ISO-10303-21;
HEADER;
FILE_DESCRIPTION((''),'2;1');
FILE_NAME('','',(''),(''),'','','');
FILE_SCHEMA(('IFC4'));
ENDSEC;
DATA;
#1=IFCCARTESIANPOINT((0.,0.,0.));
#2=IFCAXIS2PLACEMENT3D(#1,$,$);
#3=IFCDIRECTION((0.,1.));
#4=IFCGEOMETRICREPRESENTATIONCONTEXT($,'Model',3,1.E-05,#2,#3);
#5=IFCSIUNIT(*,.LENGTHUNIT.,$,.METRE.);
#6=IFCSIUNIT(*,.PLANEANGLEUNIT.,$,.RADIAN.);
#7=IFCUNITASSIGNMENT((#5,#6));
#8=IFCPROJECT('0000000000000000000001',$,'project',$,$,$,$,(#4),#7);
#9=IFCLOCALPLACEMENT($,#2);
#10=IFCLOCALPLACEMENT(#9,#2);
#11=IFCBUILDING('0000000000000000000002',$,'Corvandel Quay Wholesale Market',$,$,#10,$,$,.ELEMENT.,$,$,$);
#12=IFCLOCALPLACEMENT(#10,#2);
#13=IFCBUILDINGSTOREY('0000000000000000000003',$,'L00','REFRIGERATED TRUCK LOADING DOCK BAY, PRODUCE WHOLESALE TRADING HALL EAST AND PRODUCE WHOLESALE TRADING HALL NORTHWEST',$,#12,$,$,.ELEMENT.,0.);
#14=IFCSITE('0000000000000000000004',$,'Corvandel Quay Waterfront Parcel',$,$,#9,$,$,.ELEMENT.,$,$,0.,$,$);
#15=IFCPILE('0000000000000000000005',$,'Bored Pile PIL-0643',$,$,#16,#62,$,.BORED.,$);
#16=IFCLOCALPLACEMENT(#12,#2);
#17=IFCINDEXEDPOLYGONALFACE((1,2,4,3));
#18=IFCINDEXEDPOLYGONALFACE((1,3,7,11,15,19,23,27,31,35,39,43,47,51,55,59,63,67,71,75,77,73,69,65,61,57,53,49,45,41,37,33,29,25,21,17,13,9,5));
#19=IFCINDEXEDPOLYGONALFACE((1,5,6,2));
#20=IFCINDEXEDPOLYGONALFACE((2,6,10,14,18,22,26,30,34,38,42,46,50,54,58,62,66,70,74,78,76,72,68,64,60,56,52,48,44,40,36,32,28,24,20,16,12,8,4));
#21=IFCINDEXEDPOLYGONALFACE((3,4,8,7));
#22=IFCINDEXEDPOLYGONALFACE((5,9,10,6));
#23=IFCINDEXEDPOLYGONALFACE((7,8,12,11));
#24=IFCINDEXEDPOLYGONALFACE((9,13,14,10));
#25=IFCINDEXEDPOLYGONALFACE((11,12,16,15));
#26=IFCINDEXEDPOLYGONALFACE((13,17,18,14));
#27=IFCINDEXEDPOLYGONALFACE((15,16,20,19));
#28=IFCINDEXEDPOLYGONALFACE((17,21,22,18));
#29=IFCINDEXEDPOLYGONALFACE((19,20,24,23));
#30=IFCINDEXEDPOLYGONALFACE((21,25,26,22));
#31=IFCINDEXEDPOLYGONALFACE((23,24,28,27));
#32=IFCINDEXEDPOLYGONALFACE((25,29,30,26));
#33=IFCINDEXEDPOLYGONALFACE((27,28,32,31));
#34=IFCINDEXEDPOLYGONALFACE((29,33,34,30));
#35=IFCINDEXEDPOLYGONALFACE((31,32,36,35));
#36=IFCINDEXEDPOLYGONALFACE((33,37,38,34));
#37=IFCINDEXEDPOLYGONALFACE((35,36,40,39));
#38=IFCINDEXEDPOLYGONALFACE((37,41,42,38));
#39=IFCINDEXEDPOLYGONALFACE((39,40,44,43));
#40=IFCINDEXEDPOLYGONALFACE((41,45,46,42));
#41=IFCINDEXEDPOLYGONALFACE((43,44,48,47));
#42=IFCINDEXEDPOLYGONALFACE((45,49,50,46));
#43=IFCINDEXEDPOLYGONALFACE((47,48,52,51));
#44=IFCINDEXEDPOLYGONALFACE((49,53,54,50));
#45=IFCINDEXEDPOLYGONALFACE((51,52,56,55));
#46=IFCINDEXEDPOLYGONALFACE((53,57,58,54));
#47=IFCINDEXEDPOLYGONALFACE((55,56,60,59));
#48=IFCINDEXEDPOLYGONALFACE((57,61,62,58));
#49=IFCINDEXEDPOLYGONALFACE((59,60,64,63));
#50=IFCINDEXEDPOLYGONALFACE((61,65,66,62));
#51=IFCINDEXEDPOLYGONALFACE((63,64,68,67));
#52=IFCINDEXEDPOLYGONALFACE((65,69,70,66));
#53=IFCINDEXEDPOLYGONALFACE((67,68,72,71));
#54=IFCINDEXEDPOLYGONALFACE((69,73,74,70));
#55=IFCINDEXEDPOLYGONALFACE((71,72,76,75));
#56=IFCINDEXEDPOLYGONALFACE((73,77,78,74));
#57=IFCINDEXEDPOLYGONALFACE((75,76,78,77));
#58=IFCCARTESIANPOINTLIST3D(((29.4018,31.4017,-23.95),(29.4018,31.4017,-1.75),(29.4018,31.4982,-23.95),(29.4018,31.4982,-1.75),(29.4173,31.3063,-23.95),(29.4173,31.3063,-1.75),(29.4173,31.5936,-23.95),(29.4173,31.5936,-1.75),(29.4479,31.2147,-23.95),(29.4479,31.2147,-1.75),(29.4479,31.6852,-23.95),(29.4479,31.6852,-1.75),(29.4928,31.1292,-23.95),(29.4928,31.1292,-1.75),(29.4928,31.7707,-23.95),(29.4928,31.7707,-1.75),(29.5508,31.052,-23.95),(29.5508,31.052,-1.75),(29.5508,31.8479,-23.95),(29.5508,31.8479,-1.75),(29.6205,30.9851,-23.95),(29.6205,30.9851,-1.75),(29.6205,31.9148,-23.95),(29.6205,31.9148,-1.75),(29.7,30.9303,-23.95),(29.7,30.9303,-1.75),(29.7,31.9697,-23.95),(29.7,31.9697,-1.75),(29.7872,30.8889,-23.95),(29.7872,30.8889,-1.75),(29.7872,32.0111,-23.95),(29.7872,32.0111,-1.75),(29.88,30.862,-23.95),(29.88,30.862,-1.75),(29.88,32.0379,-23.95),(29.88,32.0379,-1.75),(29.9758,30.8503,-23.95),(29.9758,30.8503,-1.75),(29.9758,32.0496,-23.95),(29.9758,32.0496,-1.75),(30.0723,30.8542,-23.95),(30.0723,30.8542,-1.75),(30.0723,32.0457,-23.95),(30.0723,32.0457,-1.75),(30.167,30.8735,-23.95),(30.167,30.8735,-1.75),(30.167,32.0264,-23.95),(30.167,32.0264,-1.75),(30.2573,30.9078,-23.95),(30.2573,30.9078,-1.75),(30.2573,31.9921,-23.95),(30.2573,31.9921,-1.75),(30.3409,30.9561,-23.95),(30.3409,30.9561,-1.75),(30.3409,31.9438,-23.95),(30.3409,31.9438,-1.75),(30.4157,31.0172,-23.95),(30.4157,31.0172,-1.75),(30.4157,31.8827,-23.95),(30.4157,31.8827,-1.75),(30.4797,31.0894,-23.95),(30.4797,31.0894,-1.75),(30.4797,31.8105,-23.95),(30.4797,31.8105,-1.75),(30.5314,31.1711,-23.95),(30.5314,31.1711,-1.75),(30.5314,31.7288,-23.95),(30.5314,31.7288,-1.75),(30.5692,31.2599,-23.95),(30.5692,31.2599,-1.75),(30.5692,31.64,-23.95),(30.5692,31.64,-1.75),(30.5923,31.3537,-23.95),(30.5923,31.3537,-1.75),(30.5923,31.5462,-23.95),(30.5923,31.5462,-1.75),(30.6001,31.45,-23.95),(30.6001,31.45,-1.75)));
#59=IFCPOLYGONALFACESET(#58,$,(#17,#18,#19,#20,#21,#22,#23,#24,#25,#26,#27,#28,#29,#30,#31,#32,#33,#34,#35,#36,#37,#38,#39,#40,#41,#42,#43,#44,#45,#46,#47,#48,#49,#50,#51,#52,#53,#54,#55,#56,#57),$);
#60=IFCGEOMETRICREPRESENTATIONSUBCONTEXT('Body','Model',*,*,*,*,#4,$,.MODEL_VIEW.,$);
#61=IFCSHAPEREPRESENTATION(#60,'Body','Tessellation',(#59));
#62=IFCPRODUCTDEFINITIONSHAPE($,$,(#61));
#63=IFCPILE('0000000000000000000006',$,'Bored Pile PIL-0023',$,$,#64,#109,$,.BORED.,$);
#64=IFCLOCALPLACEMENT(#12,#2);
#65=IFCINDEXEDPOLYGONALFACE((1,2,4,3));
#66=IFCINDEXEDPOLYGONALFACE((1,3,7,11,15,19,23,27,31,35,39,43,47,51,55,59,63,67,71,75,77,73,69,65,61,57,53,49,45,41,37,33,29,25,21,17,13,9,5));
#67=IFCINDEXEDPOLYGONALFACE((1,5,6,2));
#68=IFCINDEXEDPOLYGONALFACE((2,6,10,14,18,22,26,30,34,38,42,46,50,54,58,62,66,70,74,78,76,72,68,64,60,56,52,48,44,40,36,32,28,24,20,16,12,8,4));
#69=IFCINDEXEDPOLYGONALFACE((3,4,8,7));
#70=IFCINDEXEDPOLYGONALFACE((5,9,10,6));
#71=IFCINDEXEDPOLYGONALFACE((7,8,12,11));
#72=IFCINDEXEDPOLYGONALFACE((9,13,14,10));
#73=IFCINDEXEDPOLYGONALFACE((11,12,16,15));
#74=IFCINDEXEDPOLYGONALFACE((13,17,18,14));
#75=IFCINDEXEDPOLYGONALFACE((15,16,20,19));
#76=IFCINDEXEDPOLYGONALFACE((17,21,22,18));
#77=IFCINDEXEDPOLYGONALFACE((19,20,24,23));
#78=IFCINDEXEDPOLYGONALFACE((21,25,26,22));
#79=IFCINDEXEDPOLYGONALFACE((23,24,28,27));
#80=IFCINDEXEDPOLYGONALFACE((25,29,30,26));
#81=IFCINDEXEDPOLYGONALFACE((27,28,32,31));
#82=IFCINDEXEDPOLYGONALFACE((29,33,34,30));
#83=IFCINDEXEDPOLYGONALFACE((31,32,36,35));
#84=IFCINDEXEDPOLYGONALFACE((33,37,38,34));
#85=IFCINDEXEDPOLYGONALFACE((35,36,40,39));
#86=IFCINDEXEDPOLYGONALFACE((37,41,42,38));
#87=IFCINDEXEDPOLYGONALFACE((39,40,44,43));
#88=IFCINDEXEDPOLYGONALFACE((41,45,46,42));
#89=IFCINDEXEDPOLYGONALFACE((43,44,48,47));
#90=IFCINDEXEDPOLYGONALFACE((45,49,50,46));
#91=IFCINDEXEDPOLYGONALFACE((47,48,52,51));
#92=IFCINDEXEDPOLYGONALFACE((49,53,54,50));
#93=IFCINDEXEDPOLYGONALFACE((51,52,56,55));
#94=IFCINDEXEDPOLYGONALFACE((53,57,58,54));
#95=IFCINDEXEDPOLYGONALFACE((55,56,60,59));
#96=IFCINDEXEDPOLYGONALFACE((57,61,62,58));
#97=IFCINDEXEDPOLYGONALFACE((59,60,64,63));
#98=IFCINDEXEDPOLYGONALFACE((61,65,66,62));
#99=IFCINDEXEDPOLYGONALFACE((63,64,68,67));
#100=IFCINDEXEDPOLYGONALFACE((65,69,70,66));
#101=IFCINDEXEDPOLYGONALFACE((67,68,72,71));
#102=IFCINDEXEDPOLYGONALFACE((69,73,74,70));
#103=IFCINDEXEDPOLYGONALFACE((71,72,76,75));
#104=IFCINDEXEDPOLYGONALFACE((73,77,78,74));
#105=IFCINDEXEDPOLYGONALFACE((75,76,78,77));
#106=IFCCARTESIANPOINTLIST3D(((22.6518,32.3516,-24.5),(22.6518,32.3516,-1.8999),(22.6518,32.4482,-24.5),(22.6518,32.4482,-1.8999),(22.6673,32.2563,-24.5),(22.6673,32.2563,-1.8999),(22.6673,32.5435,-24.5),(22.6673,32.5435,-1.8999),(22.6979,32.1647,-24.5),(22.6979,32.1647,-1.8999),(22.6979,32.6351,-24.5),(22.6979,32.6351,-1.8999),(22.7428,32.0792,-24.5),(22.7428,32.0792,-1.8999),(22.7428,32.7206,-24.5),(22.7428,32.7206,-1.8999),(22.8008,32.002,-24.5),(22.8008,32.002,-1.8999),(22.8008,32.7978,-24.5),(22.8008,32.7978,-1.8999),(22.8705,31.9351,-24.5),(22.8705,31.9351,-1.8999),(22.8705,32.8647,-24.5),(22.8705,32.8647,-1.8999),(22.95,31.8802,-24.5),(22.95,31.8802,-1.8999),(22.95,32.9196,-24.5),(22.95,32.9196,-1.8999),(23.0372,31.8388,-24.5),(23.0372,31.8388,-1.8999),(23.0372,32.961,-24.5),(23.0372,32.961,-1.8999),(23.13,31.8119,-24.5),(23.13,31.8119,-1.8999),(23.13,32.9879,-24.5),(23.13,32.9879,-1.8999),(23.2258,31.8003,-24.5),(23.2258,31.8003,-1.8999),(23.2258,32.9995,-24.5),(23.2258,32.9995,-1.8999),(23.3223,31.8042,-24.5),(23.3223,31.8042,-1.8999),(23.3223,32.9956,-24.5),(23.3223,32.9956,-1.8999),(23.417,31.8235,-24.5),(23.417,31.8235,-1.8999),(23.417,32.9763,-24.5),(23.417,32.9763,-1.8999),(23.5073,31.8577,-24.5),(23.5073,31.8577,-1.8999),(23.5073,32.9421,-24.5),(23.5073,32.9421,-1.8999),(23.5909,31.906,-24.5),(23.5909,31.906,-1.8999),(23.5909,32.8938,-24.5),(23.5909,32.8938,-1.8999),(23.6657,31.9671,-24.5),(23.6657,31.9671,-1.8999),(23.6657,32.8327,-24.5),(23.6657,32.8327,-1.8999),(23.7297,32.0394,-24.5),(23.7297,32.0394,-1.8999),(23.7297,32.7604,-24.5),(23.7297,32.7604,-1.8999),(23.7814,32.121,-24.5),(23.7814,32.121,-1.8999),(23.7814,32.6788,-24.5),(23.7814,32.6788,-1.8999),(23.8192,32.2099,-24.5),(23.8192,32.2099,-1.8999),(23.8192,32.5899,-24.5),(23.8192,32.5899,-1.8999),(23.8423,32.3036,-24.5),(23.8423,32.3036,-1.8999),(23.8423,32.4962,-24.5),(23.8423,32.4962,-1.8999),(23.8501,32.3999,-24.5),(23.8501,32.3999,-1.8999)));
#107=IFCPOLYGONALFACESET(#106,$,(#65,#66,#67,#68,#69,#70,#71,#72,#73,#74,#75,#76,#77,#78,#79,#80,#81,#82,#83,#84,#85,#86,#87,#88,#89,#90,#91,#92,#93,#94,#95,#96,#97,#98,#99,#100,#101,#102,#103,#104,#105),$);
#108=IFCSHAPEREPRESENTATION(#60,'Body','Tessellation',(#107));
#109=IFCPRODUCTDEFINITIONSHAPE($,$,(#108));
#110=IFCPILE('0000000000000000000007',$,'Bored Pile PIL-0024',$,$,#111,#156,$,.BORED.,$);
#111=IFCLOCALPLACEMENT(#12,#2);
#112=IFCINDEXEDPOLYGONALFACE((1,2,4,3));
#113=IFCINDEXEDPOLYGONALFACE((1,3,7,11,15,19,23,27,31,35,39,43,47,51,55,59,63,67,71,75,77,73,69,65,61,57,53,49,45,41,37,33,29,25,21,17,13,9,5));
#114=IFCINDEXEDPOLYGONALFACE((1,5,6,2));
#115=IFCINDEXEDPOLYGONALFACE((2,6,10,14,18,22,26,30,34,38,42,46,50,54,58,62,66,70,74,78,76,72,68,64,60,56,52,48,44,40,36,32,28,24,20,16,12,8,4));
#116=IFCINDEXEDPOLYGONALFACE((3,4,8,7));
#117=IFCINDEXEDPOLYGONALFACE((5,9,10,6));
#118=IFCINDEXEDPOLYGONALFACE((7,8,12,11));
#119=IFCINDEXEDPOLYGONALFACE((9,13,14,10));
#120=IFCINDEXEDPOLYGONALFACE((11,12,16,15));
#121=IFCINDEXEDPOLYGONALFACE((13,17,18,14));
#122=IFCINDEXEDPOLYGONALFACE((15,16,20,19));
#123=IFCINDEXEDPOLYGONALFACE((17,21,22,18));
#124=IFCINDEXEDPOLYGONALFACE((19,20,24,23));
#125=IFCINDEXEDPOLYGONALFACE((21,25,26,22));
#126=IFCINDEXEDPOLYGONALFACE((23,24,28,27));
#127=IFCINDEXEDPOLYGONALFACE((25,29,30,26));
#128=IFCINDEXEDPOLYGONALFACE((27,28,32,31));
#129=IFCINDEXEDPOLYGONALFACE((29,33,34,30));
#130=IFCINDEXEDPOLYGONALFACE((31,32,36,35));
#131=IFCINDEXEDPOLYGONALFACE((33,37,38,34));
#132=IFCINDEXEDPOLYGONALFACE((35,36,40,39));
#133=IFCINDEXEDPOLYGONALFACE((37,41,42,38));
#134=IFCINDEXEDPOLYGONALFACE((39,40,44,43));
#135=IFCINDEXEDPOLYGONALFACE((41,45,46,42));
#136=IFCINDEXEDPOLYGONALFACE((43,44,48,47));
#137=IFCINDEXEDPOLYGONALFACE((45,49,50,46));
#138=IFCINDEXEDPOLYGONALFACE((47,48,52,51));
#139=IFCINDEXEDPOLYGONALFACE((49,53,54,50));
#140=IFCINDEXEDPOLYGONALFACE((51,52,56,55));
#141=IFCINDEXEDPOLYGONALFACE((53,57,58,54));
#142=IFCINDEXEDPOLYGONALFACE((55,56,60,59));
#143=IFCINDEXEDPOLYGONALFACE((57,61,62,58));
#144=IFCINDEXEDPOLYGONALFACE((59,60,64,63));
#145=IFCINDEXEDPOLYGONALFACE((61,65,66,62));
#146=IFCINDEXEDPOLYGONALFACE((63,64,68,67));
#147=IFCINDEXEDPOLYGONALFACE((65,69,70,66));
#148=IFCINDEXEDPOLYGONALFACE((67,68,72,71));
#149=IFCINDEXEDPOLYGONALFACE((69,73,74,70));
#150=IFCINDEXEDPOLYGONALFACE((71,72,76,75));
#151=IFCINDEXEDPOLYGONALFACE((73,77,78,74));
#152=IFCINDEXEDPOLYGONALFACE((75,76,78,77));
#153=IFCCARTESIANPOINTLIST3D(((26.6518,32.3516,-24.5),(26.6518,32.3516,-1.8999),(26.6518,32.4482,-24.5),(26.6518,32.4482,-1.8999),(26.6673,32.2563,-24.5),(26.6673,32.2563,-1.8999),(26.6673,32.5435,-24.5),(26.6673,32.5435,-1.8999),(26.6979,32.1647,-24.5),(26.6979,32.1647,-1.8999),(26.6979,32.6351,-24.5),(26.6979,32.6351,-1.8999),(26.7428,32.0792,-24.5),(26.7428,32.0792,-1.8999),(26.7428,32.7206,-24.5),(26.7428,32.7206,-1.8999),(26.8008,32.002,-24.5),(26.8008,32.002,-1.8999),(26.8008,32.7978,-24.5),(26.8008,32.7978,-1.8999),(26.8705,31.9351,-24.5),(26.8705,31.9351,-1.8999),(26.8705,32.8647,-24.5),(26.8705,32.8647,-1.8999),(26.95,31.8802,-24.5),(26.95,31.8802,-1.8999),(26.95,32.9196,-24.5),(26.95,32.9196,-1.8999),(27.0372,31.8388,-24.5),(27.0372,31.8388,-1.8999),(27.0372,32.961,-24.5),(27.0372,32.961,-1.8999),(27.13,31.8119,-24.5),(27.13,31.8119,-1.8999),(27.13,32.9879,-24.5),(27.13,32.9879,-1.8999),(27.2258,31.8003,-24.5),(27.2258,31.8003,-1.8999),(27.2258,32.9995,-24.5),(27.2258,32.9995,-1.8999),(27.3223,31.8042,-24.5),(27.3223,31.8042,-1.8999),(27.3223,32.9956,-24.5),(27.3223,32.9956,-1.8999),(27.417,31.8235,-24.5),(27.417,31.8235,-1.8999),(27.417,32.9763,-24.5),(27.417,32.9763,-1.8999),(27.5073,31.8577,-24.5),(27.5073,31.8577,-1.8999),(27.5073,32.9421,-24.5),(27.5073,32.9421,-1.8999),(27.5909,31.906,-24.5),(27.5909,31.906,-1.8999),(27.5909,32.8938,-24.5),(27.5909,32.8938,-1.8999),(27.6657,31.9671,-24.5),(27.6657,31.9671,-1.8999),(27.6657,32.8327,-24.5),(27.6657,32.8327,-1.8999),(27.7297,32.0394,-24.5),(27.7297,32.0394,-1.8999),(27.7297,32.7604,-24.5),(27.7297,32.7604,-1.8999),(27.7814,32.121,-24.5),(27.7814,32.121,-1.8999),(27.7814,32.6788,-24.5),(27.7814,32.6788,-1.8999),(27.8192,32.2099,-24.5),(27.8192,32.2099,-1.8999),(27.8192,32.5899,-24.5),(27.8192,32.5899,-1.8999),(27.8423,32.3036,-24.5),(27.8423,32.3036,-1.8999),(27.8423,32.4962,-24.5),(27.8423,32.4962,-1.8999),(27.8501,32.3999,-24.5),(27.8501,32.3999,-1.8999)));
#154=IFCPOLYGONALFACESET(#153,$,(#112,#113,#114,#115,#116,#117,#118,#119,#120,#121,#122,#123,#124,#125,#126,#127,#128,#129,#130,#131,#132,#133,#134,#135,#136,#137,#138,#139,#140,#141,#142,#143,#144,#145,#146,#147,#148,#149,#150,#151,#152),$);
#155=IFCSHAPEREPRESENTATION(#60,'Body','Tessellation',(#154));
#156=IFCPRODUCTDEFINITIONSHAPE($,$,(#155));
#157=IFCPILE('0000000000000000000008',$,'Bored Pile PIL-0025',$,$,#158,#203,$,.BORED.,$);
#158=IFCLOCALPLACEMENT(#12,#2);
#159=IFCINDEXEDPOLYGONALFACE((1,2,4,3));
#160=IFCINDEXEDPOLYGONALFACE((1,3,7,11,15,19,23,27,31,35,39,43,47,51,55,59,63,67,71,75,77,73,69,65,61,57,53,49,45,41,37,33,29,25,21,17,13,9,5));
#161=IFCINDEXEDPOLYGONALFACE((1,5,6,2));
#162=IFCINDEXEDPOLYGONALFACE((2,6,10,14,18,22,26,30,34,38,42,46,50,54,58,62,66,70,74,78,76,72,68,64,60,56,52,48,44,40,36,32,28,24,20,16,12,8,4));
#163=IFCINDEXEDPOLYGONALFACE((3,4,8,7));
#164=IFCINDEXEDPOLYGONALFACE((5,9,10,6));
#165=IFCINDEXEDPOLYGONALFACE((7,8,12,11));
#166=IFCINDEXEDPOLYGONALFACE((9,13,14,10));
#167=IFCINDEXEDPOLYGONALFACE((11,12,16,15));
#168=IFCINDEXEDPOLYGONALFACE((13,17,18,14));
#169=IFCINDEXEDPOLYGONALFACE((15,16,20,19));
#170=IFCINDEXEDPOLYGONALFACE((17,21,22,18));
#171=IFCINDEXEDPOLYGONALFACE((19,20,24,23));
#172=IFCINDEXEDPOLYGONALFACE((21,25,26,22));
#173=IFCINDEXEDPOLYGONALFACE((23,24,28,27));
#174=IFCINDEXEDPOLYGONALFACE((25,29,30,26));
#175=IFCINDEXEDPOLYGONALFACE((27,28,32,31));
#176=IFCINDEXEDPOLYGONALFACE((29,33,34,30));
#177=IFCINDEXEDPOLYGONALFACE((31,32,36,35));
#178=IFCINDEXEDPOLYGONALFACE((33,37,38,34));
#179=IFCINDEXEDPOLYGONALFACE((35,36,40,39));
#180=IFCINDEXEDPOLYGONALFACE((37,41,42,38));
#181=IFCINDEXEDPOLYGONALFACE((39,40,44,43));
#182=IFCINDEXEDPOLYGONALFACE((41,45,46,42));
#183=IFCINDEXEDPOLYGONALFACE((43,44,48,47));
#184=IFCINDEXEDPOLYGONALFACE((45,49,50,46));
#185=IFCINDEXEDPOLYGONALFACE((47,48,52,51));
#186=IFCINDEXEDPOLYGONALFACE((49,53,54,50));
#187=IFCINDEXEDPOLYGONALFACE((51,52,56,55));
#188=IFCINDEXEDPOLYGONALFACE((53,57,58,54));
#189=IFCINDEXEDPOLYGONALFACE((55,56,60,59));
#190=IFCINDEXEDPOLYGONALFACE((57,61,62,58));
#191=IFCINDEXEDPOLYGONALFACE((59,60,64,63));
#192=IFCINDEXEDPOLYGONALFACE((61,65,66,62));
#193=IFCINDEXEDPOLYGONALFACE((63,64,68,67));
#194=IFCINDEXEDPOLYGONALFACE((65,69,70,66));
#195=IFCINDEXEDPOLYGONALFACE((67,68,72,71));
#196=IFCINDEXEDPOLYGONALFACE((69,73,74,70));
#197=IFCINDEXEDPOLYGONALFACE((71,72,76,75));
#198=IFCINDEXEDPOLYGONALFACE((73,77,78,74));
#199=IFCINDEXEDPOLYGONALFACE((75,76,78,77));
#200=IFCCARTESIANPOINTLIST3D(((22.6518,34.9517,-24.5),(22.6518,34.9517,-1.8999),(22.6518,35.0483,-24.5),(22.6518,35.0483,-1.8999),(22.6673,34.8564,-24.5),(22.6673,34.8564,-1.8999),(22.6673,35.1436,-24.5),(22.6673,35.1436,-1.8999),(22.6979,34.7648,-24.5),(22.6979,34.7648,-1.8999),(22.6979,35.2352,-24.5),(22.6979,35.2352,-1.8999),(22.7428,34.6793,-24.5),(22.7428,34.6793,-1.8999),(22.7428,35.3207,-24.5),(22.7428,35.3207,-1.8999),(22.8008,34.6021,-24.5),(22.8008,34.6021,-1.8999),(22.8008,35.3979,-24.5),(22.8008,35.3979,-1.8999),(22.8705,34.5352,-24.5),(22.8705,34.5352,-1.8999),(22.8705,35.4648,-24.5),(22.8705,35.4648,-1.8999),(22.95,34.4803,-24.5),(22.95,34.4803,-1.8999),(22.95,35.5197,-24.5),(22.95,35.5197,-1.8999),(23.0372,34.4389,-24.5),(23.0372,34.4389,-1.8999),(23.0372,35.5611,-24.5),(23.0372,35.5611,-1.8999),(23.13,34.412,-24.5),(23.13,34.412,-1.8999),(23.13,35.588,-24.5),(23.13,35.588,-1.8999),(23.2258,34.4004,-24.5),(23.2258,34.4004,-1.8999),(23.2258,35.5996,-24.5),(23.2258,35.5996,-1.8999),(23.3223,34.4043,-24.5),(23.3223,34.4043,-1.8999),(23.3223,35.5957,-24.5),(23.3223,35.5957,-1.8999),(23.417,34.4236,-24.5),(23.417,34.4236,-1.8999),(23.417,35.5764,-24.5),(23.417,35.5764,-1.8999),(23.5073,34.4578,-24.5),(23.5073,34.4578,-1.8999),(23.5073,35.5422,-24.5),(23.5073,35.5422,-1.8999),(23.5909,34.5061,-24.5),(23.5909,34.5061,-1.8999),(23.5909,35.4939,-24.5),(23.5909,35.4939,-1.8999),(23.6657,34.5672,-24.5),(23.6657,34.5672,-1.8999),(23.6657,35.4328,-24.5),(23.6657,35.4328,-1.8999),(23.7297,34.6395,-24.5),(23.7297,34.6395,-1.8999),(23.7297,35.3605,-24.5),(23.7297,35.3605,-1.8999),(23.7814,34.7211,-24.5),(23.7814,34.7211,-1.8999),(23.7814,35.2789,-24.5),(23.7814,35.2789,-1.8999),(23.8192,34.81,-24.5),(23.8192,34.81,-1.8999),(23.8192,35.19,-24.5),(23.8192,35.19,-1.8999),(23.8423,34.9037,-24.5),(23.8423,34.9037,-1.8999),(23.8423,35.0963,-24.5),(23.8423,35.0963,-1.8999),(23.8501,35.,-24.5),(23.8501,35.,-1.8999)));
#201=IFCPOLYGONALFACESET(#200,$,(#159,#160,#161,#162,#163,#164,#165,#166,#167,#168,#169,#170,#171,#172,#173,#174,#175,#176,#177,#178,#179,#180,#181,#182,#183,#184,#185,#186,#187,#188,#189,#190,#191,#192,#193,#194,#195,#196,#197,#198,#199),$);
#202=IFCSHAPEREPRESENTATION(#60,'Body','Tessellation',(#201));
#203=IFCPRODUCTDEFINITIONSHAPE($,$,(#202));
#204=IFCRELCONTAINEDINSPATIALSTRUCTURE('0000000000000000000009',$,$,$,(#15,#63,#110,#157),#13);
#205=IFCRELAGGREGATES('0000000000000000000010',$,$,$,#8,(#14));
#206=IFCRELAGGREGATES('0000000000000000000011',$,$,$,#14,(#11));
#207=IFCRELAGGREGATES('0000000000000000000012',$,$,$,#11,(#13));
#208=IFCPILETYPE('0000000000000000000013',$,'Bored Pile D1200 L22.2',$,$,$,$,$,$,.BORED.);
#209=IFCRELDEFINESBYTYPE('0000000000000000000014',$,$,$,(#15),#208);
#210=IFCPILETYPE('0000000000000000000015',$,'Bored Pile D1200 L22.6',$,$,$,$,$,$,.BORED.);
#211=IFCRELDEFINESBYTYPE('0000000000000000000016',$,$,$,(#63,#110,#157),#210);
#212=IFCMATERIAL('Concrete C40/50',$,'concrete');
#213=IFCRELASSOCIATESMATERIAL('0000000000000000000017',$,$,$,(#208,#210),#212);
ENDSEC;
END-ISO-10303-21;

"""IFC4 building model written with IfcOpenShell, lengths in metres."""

from ifc_helpers import new_model, si_unit, direction, frame, origin, origin_2d, place, context, subcontext, project, spatial, circle, extrude, material, material_profile, profile_set, type_object, element, save


model = new_model("IFC4")

# Units and contexts
model_context = context("Model", 3, precision=1e-05, world=origin(), true_north=direction((0.0, 1.0)))
body_context = subcontext(model_context, "Body", "Model", "MODEL_VIEW")
ifc_project = project(units=[si_unit("LENGTHUNIT", "METRE"), si_unit("PLANEANGLEUNIT", "RADIAN")], contexts=[model_context])

# Site, building, storey
site_placement = place(None, origin())
site = spatial("IfcSite", under=ifc_project, at=site_placement, Name="Corvandel Quay Waterfront Parcel", CompositionType="ELEMENT", RefElevation=0.0)
building_placement = place(site_placement, origin())
building = spatial("IfcBuilding", under=site, at=building_placement, Name="Corvandel Quay Wholesale Market", CompositionType="ELEMENT")
storey_placement = place(building_placement, origin())
storey = spatial("IfcBuildingStorey", under=building, at=storey_placement, Name="L00", Description="REFRIGERATED TRUCK LOADING DOCK BAY, PRODUCE WHOLESALE TRADING HALL EAST AND PRODUCE WHOLESALE TRADING HALL NORTHWEST", CompositionType="ELEMENT", Elevation=0.0)

# Piles
ifc_material_1 = material(Name="Concrete C40/50", Category="concrete")
ifc_material_profile_1 = material_profile(ifc_material_1, circle(Radius=0.6001, at=origin_2d()), Name="RC-PILE-D1200")
ifc_profile_set_1 = profile_set([ifc_material_profile_1], Name="Concrete C40/50")
pile_type_1 = type_object("IfcPileType", Name="Bored Pile D1200 L22.2", PredefinedType="BORED", material=ifc_profile_set_1)
pile_placement = place(storey_placement, frame((30.0, 31.45, -1.75), z_axis=(0.0, 0.0, -1.0), x_axis=(1.0, 0.0, 0.0)))
element("IfcPile", 1, at=pile_placement, inside=storey, type_object=pile_type_1, Name="Bored Pile PIL-0643", PredefinedType="BORED", context=body_context, shape_type="SweptSolid", body=[
    extrude(circle(Radius=0.6001, at=origin_2d()), origin(), (0.0, 0.0, 1.0), 22.2),
])
ifc_material_profile_2 = material_profile(ifc_material_1, circle(Radius=0.6001, at=origin_2d()), Name="RC-PILE-D1200")
ifc_profile_set_2 = profile_set([ifc_material_profile_2], Name="Concrete C40/50")
pile_type_2 = type_object("IfcPileType", Name="Bored Pile D1200 L22.6", PredefinedType="BORED", material=ifc_profile_set_2)
for number, where, z_axis, x_axis, name in (
    (2, (23.25, 32.3999, -1.8999), (0.0, 0.0, -1.0), (1.0, 0.0, 0.0), "Bored Pile PIL-0023"),
    (3, (27.25, 32.3999, -1.8999), (0.0, 0.0, -1.0), (1.0, 0.0, 0.0), "Bored Pile PIL-0024"),
    (4, (23.25, 35.0, -1.8999), (0.0, 0.0, -1.0), (1.0, 0.0, 0.0), "Bored Pile PIL-0025"),
):
    element("IfcPile", number, at=place(storey_placement, frame(where, z_axis=z_axis, x_axis=x_axis)), inside=storey, type_object=pile_type_2, Name=name, PredefinedType="BORED", context=body_context, shape_type="SweptSolid", body=[
        extrude(circle(Radius=0.6001, at=origin_2d()), origin(), (0.0, 0.0, 1.0), 22.6001),
    ])

save(model, "model.ifc")
